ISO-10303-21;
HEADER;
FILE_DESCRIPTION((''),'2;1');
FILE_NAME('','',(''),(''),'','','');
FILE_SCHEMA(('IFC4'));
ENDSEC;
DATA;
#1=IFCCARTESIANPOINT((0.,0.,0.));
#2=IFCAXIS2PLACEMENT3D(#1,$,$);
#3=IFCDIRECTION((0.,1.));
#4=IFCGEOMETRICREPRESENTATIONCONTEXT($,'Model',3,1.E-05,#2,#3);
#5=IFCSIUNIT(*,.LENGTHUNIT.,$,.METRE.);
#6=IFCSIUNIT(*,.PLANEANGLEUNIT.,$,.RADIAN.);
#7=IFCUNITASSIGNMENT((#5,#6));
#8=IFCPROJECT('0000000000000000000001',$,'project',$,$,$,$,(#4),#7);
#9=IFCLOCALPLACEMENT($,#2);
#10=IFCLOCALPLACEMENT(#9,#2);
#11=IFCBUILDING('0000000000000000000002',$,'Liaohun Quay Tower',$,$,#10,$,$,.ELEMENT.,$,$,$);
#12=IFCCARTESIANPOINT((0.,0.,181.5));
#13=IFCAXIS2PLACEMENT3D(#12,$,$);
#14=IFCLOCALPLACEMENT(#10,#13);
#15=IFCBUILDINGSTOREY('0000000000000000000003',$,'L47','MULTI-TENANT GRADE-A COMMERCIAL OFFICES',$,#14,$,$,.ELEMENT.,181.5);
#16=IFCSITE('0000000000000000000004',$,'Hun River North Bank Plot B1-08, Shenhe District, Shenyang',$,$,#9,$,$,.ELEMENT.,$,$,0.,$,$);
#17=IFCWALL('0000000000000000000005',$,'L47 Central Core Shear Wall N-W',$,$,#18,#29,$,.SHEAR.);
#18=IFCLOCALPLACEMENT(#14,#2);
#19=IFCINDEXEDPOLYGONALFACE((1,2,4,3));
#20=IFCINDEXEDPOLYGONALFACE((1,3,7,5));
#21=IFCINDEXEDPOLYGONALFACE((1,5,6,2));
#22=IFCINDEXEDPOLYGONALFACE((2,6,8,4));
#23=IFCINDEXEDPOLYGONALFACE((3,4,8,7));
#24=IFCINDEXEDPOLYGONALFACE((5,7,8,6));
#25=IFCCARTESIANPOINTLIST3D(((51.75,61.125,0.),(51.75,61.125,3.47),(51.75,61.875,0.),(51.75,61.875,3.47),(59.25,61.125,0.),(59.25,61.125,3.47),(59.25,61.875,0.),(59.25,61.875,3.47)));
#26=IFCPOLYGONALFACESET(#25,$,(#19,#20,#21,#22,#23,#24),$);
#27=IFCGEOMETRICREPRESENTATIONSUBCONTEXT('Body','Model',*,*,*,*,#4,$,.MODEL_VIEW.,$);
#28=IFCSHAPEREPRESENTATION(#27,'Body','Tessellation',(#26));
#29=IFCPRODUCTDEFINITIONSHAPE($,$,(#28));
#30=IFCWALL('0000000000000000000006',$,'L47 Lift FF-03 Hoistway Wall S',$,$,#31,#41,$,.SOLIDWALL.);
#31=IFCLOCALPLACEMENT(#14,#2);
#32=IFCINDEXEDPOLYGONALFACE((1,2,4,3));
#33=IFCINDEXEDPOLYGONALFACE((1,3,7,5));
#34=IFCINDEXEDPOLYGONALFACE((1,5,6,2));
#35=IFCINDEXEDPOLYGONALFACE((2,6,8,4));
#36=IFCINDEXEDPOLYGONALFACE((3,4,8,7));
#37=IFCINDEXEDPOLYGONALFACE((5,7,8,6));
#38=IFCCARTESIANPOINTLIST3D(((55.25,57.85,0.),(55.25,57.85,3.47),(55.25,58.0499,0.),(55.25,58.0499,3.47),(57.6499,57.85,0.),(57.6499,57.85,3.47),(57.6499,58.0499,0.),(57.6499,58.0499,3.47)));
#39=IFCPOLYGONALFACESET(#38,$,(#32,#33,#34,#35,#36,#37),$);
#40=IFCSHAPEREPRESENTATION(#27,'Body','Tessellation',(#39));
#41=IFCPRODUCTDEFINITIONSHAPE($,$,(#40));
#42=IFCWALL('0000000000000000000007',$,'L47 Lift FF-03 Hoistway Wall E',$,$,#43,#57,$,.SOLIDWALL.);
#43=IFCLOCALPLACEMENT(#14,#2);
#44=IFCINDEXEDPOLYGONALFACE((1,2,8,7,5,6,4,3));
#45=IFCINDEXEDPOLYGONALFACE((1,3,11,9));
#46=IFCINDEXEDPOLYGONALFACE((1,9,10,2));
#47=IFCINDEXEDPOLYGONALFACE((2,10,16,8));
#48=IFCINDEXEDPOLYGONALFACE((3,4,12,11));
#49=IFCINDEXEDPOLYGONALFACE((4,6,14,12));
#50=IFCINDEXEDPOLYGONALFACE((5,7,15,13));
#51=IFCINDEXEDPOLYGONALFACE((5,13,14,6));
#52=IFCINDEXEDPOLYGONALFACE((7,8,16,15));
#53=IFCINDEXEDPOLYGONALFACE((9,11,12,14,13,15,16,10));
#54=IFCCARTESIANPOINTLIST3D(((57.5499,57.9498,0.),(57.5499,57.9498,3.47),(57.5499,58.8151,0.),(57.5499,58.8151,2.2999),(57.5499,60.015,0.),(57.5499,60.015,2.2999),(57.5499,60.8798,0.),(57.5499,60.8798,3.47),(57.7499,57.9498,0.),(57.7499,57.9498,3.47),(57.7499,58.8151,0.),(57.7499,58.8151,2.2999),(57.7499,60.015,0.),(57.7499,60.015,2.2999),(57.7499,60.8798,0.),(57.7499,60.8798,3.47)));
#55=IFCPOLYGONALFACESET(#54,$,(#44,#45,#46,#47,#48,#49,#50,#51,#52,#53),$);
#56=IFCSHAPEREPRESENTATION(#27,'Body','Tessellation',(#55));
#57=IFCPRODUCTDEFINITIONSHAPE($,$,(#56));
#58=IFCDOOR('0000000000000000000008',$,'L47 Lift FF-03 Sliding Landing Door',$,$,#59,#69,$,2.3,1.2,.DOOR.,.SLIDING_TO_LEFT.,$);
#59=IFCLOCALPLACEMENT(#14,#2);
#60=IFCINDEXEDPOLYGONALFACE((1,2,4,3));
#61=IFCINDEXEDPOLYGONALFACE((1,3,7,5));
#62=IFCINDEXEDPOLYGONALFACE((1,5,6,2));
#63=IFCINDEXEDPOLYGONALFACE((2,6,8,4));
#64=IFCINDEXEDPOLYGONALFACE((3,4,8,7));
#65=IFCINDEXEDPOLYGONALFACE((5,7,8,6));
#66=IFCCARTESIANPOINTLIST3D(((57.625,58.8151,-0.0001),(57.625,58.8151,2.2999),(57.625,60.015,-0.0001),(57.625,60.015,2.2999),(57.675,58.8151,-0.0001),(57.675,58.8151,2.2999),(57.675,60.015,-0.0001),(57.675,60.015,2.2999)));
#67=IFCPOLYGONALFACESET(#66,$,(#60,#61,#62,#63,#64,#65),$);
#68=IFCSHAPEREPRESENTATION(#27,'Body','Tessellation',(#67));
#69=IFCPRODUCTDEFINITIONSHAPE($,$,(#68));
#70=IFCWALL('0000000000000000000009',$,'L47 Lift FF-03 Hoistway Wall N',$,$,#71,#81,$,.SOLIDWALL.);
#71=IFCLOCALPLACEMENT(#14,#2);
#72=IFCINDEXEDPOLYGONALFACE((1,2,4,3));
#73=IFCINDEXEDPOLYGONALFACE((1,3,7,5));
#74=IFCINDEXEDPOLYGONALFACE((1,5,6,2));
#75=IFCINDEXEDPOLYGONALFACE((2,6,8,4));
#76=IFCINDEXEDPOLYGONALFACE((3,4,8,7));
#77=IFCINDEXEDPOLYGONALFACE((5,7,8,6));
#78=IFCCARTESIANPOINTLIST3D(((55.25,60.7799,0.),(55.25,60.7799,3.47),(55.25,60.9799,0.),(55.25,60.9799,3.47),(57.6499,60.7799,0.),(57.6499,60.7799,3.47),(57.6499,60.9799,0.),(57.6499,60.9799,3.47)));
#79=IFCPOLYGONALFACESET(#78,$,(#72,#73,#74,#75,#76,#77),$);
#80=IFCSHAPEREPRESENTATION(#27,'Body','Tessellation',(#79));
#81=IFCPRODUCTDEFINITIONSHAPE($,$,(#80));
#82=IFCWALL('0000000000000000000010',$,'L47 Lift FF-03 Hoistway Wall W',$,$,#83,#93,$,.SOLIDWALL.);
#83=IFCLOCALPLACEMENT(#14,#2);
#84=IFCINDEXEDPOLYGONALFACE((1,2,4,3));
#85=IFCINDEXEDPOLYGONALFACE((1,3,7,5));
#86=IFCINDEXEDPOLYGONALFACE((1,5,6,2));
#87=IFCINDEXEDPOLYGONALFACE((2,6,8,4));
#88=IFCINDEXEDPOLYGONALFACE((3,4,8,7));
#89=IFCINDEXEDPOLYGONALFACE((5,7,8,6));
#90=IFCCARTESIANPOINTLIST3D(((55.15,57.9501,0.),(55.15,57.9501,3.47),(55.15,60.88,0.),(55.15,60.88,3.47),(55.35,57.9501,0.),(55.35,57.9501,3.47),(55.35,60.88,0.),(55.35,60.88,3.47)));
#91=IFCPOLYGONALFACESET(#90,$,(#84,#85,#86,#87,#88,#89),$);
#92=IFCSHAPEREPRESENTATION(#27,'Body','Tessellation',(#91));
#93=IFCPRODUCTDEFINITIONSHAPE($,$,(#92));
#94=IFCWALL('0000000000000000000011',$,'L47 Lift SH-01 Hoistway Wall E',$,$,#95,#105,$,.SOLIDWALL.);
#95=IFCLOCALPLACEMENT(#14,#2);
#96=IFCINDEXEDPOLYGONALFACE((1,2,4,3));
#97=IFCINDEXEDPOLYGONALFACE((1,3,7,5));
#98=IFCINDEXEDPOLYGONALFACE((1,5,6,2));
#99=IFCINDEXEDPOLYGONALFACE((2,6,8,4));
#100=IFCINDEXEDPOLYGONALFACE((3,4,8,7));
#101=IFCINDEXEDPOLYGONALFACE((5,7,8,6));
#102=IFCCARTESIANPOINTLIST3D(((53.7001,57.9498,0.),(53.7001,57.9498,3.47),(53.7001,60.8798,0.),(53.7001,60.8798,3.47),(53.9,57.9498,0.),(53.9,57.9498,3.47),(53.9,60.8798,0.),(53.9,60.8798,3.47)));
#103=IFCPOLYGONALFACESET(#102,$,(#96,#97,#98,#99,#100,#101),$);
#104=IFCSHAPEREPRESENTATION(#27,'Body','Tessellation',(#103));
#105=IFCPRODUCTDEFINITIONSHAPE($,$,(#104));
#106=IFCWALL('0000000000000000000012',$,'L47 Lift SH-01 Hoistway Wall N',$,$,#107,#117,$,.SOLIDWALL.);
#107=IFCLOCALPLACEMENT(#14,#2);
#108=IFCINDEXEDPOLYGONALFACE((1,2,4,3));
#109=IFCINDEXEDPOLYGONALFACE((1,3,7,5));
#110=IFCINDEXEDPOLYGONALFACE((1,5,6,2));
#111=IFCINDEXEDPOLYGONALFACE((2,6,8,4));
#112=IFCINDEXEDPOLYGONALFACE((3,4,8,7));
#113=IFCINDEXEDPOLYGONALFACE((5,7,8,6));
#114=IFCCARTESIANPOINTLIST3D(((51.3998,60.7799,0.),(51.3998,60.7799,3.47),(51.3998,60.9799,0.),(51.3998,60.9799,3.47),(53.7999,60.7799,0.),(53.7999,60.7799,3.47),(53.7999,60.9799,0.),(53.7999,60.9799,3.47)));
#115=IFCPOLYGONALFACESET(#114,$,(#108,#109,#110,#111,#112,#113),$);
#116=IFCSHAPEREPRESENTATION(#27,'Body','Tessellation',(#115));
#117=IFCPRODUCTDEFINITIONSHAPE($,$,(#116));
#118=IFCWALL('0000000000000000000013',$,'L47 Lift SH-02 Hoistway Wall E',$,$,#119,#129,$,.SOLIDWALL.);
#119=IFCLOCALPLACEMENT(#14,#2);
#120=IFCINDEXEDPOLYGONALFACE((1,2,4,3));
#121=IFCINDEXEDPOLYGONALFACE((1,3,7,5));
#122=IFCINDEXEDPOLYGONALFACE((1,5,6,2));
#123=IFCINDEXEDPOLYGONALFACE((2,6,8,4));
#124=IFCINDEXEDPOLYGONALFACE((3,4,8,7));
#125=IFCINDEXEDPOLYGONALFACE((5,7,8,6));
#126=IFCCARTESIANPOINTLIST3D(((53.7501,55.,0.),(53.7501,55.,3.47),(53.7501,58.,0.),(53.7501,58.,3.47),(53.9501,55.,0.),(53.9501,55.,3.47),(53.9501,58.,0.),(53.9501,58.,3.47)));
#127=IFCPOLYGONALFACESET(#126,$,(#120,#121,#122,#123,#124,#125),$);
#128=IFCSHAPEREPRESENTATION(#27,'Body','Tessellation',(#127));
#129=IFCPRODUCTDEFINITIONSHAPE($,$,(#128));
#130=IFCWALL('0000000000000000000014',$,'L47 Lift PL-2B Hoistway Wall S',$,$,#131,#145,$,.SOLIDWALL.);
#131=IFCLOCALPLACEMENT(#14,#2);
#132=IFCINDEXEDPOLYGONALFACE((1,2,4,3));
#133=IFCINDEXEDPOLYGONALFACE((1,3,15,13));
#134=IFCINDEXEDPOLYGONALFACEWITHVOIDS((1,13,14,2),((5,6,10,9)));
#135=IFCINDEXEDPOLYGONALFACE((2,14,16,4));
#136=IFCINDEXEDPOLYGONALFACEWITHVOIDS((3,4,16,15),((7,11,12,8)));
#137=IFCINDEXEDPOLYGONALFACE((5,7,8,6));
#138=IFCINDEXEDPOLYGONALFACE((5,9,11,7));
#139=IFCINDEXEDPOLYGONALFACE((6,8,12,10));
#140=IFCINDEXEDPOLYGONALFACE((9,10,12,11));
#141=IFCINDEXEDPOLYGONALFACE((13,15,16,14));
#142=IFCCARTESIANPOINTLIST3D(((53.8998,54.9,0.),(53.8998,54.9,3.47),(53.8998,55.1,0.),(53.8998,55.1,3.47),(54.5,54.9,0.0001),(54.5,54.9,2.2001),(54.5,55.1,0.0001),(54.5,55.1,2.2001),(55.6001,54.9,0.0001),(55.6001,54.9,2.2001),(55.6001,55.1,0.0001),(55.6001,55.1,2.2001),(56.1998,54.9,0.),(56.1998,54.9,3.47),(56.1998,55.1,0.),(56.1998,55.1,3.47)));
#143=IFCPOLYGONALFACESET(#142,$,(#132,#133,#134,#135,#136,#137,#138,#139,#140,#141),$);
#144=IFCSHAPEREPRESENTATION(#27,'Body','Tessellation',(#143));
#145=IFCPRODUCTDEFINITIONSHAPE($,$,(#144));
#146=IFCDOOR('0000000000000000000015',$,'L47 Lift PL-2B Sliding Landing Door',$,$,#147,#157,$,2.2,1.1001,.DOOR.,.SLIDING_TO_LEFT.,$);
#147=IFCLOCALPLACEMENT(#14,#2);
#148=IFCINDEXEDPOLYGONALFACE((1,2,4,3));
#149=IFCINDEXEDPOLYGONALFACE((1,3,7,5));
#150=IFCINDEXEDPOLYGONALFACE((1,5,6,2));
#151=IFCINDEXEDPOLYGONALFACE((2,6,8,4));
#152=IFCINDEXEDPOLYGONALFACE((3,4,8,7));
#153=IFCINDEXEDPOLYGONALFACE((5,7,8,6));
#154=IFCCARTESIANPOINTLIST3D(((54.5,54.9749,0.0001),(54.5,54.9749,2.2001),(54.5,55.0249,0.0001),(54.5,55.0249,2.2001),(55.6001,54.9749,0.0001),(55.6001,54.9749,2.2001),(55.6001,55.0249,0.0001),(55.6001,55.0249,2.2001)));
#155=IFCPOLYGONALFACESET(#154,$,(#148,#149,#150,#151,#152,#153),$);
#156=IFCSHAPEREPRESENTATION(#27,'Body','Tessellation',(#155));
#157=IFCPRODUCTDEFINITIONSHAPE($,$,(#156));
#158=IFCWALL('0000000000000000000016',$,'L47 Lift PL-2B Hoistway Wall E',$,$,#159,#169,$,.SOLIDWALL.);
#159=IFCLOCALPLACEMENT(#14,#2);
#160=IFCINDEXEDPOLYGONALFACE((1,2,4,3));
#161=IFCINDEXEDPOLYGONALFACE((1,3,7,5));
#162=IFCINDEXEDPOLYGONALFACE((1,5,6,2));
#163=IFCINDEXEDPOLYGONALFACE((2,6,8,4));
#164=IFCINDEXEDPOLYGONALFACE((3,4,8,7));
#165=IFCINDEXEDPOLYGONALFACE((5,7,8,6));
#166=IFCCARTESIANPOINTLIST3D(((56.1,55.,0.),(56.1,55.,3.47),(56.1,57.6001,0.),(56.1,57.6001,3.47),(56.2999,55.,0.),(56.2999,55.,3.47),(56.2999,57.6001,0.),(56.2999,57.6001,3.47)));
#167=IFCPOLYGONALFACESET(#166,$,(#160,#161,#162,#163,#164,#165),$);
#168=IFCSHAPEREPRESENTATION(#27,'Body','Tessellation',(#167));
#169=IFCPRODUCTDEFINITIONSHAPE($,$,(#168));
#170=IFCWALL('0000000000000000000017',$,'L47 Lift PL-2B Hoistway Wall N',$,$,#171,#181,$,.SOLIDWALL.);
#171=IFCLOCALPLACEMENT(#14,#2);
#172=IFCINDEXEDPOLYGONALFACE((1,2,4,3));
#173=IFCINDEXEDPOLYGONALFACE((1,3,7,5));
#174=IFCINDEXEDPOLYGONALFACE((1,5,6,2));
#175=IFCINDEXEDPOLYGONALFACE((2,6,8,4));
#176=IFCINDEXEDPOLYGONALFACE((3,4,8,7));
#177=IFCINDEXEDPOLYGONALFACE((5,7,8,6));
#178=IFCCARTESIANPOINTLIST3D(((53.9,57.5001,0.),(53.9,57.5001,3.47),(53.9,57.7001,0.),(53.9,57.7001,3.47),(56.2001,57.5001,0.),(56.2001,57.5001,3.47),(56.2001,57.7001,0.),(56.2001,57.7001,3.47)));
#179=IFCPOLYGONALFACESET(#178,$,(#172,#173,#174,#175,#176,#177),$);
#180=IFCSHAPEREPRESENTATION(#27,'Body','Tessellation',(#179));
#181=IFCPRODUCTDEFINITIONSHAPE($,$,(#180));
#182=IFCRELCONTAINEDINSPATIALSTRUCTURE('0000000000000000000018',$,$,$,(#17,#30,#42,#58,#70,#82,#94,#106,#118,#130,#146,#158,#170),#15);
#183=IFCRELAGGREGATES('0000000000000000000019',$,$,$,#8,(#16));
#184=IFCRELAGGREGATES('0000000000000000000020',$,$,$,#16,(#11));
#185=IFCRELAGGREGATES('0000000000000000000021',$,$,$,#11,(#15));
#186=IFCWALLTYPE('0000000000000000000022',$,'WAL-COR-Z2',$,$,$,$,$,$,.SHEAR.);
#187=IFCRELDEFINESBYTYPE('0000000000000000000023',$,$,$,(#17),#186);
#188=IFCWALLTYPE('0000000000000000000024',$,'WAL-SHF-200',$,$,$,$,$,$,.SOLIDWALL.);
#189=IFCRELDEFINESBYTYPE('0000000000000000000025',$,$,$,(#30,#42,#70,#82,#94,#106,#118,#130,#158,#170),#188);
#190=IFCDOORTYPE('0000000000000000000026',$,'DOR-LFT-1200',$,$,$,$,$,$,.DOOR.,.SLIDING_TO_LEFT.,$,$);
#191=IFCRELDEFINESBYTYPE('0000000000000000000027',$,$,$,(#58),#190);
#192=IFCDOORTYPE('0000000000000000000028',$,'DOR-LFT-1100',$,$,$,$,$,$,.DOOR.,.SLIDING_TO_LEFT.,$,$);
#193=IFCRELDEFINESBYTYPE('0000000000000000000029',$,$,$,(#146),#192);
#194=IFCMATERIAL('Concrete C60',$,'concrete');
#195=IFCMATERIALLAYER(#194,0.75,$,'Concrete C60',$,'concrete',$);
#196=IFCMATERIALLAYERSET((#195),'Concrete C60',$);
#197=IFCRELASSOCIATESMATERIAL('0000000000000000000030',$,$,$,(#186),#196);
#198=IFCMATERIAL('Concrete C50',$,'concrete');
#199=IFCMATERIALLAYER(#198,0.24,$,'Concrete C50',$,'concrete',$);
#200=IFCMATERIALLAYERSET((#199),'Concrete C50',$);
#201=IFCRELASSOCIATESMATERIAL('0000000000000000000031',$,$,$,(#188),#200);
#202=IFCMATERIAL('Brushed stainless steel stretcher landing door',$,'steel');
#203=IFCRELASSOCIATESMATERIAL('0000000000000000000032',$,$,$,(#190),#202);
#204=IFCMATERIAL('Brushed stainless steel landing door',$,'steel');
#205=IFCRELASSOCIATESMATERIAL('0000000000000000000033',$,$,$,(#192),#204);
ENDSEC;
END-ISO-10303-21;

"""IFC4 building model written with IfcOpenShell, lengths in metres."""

from ifc_helpers import new_model, si_unit, direction, frame, frame_2d, origin, place, context, subcontext, project, spatial, rectangle, extrude, source, transform, mapped, material, layer, layer_set, type_object, element, fill, save


model = new_model("IFC4")

# Units and contexts
model_context = context("Model", 3, precision=1e-05, world=origin(), true_north=direction((0.0, 1.0)))
body_context = subcontext(model_context, "Body", "Model", "MODEL_VIEW")
ifc_project = project(units=[si_unit("LENGTHUNIT", "METRE"), si_unit("PLANEANGLEUNIT", "RADIAN")], contexts=[model_context])

# Site, building, storey
site_placement = place(None, origin())
site = spatial("IfcSite", under=ifc_project, at=site_placement, Name="Hun River North Bank Plot B1-08, Shenhe District, Shenyang", CompositionType="ELEMENT", RefElevation=0.0)
building_placement = place(site_placement, origin())
building = spatial("IfcBuilding", under=site, at=building_placement, Name="Liaohun Quay Tower", CompositionType="ELEMENT")
storey_placement = place(building_placement, frame((0.0, 0.0, 181.5)))
storey = spatial("IfcBuildingStorey", under=building, at=storey_placement, Name="L47", Description="MULTI-TENANT GRADE-A COMMERCIAL OFFICES", CompositionType="ELEMENT", Elevation=181.5)

# Walls
ifc_material_1 = material(Name="Concrete C60", Category="concrete")
ifc_layer_1 = layer(ifc_material_1, 0.75, Name="Concrete C60", Category="concrete")
ifc_layer_set_1 = layer_set([ifc_layer_1], Name="Concrete C60")
wall_type_1 = type_object("IfcWallType", Name="WAL-COR-Z2", PredefinedType="SHEAR", material=ifc_layer_set_1)
wall_1_placement = place(storey_placement, frame((51.75, 61.5, 0.0), z_axis=(0.0, 0.0, 1.0), x_axis=(1.0, 0.0, 0.0)))
element("IfcWall", 1, at=wall_1_placement, inside=storey, type_object=wall_type_1, Name="L47 Central Core Shear Wall N-W", PredefinedType="SHEAR", context=body_context, shape_type="SweptSolid", body=[
    extrude(rectangle(XDim=7.5, YDim=0.75, at=frame_2d((3.75, 0.0))), origin(), (0.0, 0.0, 1.0), 3.47),
])
ifc_material_2 = material(Name="Concrete C50", Category="concrete")
ifc_layer_2 = layer(ifc_material_2, 0.24, Name="Concrete C50", Category="concrete")
ifc_layer_set_2 = layer_set([ifc_layer_2], Name="Concrete C50")
wall_type_2 = type_object("IfcWallType", Name="WAL-SHF-200", PredefinedType="SOLIDWALL", material=ifc_layer_set_2)
wall_2_placement = place(storey_placement, frame((55.25, 57.95, 0.0), z_axis=(0.0, 0.0, 1.0), x_axis=(1.0, 0.0, 0.0)))
element("IfcWall", 2, at=wall_2_placement, inside=storey, type_object=wall_type_2, Name="L47 Lift FF-03 Hoistway Wall S", PredefinedType="SOLIDWALL", context=body_context, shape_type="SweptSolid", body=[
    extrude(rectangle(XDim=2.3999, YDim=0.2, at=frame_2d((1.2, 0.0))), origin(), (0.0, 0.0, 1.0), 3.47),
])

# Wall, opening, door
wall_3_placement = place(storey_placement, frame((57.6499, 57.95, 0.0), z_axis=(0.0, 0.0, 1.0), x_axis=(0.0, 1.0, 0.0)))
wall_3 = element("IfcWall", 3, at=wall_3_placement, inside=storey, type_object=wall_type_2, Name="L47 Lift FF-03 Hoistway Wall E", PredefinedType="SOLIDWALL", context=body_context, shape_type="SweptSolid", body=[
    extrude(rectangle(XDim=2.9299, YDim=0.2, at=frame_2d((1.4648, 0.0))), origin(), (0.0, 0.0, 1.0), 3.47),
])
shared_shape_1 = source(origin(), body_context, "Body", "SweptSolid", [
    extrude(rectangle(XDim=1.2, YDim=2.3, at=frame_2d((0.6001, 1.1499))), frame((0.0, 0.1099, 0.0), z_axis=(0.0, -1.0, 0.0), x_axis=(1.0, 0.0, 0.0)), (0.0, 0.0, 1.0), 0.22),
])
opening_1_placement = place(wall_3_placement, frame((0.865, 0.0, 0.0)))
opening_1 = element("IfcOpeningElement", 4, at=opening_1_placement, cuts=wall_3, PredefinedType="OPENING", context=body_context, shape_type="MappedRepresentation", body=[
    mapped(shared_shape_1, transform((0.0, 0.0, 0.0), x_axis=(1.0, 0.0, 0.0), y_axis=(0.0, 1.0, 0.0), z_axis=(0.0, 0.0, 1.0), scale=1.0)),
])
ifc_material_3 = material(Name="Brushed stainless steel stretcher landing door", Category="steel")
door_type_1 = type_object("IfcDoorType", Name="DOR-LFT-1200", OperationType="SLIDING_TO_LEFT", PredefinedType="DOOR", material=ifc_material_3)
shared_shape_2 = source(origin(), body_context, "Body", "SweptSolid", [
    extrude(rectangle(XDim=1.2, YDim=2.3, at=frame_2d((0.6001, 1.1499))), frame((0.0, 0.0249, 0.0), z_axis=(0.0, -1.0, 0.0), x_axis=(1.0, 0.0, 0.0)), (0.0, 0.0, 1.0), 0.05),
])
door_1_placement = place(opening_1_placement, origin())
door_1 = element("IfcDoor", 5, at=door_1_placement, inside=storey, type_object=door_type_1, Name="L47 Lift FF-03 Sliding Landing Door", OperationType="SLIDING_TO_LEFT", OverallHeight=2.3, OverallWidth=1.2, PredefinedType="DOOR", context=body_context, shape_type="MappedRepresentation", body=[
    mapped(shared_shape_2, transform((0.0, 0.0, 0.0), x_axis=(1.0, 0.0, 0.0), y_axis=(0.0, 1.0, 0.0), z_axis=(0.0, 0.0, 1.0), scale=1.0)),
])
fill(opening_1, door_1)

# Walls
wall_4_placement = place(storey_placement, frame((57.6499, 60.8799, 0.0), z_axis=(0.0, 0.0, 1.0), x_axis=(-1.0, 0.0, 0.0)))
element("IfcWall", 6, at=wall_4_placement, inside=storey, type_object=wall_type_2, Name="L47 Lift FF-03 Hoistway Wall N", PredefinedType="SOLIDWALL", context=body_context, shape_type="SweptSolid", body=[
    extrude(rectangle(XDim=2.3999, YDim=0.2, at=frame_2d((1.2, 0.0))), origin(), (0.0, 0.0, 1.0), 3.47),
])
for number, where, z_axis, x_axis, name in (
    (7, (55.25, 60.8799, 0.0), (0.0, 0.0, 1.0), (0.0, -1.0, 0.0), "L47 Lift FF-03 Hoistway Wall W"),
    (8, (53.8, 57.95, 0.0), (0.0, 0.0, 1.0), (0.0, 1.0, 0.0), "L47 Lift SH-01 Hoistway Wall E"),
):
    element("IfcWall", number, at=place(storey_placement, frame(where, z_axis=z_axis, x_axis=x_axis)), inside=storey, type_object=wall_type_2, Name=name, PredefinedType="SOLIDWALL", context=body_context, shape_type="SweptSolid", body=[
        extrude(rectangle(XDim=2.9299, YDim=0.2, at=frame_2d((1.4648, 0.0))), origin(), (0.0, 0.0, 1.0), 3.47),
    ])
wall_5_placement = place(storey_placement, frame((53.8, 60.8799, 0.0), z_axis=(0.0, 0.0, 1.0), x_axis=(-1.0, 0.0, 0.0)))
element("IfcWall", 9, at=wall_5_placement, inside=storey, type_object=wall_type_2, Name="L47 Lift SH-01 Hoistway Wall N", PredefinedType="SOLIDWALL", context=body_context, shape_type="SweptSolid", body=[
    extrude(rectangle(XDim=2.4001, YDim=0.2, at=frame_2d((1.2002, 0.0))), origin(), (0.0, 0.0, 1.0), 3.47),
])
wall_6_placement = place(storey_placement, frame((53.8501, 55.0, 0.0), z_axis=(0.0, 0.0, 1.0), x_axis=(0.0, 1.0, 0.0)))
element("IfcWall", 10, at=wall_6_placement, inside=storey, type_object=wall_type_2, Name="L47 Lift SH-02 Hoistway Wall E", PredefinedType="SOLIDWALL", context=body_context, shape_type="SweptSolid", body=[
    extrude(rectangle(XDim=3.0, YDim=0.2, at=frame_2d((1.5, 0.0))), origin(), (0.0, 0.0, 1.0), 3.47),
])

# Wall, opening, door
wall_7_placement = place(storey_placement, frame((53.8999, 55.0, 0.0), z_axis=(0.0, 0.0, 1.0), x_axis=(1.0, 0.0, 0.0)))
wall_7 = element("IfcWall", 11, at=wall_7_placement, inside=storey, type_object=wall_type_2, Name="L47 Lift PL-2B Hoistway Wall S", PredefinedType="SOLIDWALL", context=body_context, shape_type="SweptSolid", body=[
    extrude(rectangle(XDim=2.3, YDim=0.2, at=frame_2d((1.1499, 0.0))), origin(), (0.0, 0.0, 1.0), 3.47),
])
shared_shape_3 = source(origin(), body_context, "Body", "SweptSolid", [
    extrude(rectangle(XDim=1.1001, YDim=2.2, at=frame_2d((0.55, 1.1001))), frame((0.0, 0.1099, 0.0), z_axis=(0.0, -1.0, 0.0), x_axis=(1.0, 0.0, 0.0)), (0.0, 0.0, 1.0), 0.22),
])
opening_2_placement = place(wall_7_placement, frame((0.6001, 0.0, 0.0)))
opening_2 = element("IfcOpeningElement", 12, at=opening_2_placement, cuts=wall_7, PredefinedType="OPENING", context=body_context, shape_type="MappedRepresentation", body=[
    mapped(shared_shape_3, transform((0.0, 0.0, 0.0), x_axis=(1.0, 0.0, 0.0), y_axis=(0.0, 1.0, 0.0), z_axis=(0.0, 0.0, 1.0), scale=1.0)),
])
ifc_material_4 = material(Name="Brushed stainless steel landing door", Category="steel")
door_type_2 = type_object("IfcDoorType", Name="DOR-LFT-1100", OperationType="SLIDING_TO_LEFT", PredefinedType="DOOR", material=ifc_material_4)
shared_shape_4 = source(origin(), body_context, "Body", "SweptSolid", [
    extrude(rectangle(XDim=1.1001, YDim=2.2, at=frame_2d((0.55, 1.1001))), frame((0.0, 0.0249, 0.0), z_axis=(0.0, -1.0, 0.0), x_axis=(1.0, 0.0, 0.0)), (0.0, 0.0, 1.0), 0.05),
])
door_2_placement = place(opening_2_placement, origin())
door_2 = element("IfcDoor", 13, at=door_2_placement, inside=storey, type_object=door_type_2, Name="L47 Lift PL-2B Sliding Landing Door", OperationType="SLIDING_TO_LEFT", OverallHeight=2.2, OverallWidth=1.1001, PredefinedType="DOOR", context=body_context, shape_type="MappedRepresentation", body=[
    mapped(shared_shape_4, transform((0.0, 0.0, 0.0), x_axis=(1.0, 0.0, 0.0), y_axis=(0.0, 1.0, 0.0), z_axis=(0.0, 0.0, 1.0), scale=1.0)),
])
fill(opening_2, door_2)

# Walls
wall_8_placement = place(storey_placement, frame((56.2, 55.0, 0.0), z_axis=(0.0, 0.0, 1.0), x_axis=(0.0, 1.0, 0.0)))
element("IfcWall", 14, at=wall_8_placement, inside=storey, type_object=wall_type_2, Name="L47 Lift PL-2B Hoistway Wall E", PredefinedType="SOLIDWALL", context=body_context, shape_type="SweptSolid", body=[
    extrude(rectangle(XDim=2.6001, YDim=0.2, at=frame_2d((1.3, 0.0))), origin(), (0.0, 0.0, 1.0), 3.47),
])
wall_9_placement = place(storey_placement, frame((56.2, 57.6001, 0.0), z_axis=(0.0, 0.0, 1.0), x_axis=(-1.0, 0.0, 0.0)))
element("IfcWall", 15, at=wall_9_placement, inside=storey, type_object=wall_type_2, Name="L47 Lift PL-2B Hoistway Wall N", PredefinedType="SOLIDWALL", context=body_context, shape_type="SweptSolid", body=[
    extrude(rectangle(XDim=2.3, YDim=0.2, at=frame_2d((1.1499, 0.0))), origin(), (0.0, 0.0, 1.0), 3.47),
])

save(model, "model.ifc")
